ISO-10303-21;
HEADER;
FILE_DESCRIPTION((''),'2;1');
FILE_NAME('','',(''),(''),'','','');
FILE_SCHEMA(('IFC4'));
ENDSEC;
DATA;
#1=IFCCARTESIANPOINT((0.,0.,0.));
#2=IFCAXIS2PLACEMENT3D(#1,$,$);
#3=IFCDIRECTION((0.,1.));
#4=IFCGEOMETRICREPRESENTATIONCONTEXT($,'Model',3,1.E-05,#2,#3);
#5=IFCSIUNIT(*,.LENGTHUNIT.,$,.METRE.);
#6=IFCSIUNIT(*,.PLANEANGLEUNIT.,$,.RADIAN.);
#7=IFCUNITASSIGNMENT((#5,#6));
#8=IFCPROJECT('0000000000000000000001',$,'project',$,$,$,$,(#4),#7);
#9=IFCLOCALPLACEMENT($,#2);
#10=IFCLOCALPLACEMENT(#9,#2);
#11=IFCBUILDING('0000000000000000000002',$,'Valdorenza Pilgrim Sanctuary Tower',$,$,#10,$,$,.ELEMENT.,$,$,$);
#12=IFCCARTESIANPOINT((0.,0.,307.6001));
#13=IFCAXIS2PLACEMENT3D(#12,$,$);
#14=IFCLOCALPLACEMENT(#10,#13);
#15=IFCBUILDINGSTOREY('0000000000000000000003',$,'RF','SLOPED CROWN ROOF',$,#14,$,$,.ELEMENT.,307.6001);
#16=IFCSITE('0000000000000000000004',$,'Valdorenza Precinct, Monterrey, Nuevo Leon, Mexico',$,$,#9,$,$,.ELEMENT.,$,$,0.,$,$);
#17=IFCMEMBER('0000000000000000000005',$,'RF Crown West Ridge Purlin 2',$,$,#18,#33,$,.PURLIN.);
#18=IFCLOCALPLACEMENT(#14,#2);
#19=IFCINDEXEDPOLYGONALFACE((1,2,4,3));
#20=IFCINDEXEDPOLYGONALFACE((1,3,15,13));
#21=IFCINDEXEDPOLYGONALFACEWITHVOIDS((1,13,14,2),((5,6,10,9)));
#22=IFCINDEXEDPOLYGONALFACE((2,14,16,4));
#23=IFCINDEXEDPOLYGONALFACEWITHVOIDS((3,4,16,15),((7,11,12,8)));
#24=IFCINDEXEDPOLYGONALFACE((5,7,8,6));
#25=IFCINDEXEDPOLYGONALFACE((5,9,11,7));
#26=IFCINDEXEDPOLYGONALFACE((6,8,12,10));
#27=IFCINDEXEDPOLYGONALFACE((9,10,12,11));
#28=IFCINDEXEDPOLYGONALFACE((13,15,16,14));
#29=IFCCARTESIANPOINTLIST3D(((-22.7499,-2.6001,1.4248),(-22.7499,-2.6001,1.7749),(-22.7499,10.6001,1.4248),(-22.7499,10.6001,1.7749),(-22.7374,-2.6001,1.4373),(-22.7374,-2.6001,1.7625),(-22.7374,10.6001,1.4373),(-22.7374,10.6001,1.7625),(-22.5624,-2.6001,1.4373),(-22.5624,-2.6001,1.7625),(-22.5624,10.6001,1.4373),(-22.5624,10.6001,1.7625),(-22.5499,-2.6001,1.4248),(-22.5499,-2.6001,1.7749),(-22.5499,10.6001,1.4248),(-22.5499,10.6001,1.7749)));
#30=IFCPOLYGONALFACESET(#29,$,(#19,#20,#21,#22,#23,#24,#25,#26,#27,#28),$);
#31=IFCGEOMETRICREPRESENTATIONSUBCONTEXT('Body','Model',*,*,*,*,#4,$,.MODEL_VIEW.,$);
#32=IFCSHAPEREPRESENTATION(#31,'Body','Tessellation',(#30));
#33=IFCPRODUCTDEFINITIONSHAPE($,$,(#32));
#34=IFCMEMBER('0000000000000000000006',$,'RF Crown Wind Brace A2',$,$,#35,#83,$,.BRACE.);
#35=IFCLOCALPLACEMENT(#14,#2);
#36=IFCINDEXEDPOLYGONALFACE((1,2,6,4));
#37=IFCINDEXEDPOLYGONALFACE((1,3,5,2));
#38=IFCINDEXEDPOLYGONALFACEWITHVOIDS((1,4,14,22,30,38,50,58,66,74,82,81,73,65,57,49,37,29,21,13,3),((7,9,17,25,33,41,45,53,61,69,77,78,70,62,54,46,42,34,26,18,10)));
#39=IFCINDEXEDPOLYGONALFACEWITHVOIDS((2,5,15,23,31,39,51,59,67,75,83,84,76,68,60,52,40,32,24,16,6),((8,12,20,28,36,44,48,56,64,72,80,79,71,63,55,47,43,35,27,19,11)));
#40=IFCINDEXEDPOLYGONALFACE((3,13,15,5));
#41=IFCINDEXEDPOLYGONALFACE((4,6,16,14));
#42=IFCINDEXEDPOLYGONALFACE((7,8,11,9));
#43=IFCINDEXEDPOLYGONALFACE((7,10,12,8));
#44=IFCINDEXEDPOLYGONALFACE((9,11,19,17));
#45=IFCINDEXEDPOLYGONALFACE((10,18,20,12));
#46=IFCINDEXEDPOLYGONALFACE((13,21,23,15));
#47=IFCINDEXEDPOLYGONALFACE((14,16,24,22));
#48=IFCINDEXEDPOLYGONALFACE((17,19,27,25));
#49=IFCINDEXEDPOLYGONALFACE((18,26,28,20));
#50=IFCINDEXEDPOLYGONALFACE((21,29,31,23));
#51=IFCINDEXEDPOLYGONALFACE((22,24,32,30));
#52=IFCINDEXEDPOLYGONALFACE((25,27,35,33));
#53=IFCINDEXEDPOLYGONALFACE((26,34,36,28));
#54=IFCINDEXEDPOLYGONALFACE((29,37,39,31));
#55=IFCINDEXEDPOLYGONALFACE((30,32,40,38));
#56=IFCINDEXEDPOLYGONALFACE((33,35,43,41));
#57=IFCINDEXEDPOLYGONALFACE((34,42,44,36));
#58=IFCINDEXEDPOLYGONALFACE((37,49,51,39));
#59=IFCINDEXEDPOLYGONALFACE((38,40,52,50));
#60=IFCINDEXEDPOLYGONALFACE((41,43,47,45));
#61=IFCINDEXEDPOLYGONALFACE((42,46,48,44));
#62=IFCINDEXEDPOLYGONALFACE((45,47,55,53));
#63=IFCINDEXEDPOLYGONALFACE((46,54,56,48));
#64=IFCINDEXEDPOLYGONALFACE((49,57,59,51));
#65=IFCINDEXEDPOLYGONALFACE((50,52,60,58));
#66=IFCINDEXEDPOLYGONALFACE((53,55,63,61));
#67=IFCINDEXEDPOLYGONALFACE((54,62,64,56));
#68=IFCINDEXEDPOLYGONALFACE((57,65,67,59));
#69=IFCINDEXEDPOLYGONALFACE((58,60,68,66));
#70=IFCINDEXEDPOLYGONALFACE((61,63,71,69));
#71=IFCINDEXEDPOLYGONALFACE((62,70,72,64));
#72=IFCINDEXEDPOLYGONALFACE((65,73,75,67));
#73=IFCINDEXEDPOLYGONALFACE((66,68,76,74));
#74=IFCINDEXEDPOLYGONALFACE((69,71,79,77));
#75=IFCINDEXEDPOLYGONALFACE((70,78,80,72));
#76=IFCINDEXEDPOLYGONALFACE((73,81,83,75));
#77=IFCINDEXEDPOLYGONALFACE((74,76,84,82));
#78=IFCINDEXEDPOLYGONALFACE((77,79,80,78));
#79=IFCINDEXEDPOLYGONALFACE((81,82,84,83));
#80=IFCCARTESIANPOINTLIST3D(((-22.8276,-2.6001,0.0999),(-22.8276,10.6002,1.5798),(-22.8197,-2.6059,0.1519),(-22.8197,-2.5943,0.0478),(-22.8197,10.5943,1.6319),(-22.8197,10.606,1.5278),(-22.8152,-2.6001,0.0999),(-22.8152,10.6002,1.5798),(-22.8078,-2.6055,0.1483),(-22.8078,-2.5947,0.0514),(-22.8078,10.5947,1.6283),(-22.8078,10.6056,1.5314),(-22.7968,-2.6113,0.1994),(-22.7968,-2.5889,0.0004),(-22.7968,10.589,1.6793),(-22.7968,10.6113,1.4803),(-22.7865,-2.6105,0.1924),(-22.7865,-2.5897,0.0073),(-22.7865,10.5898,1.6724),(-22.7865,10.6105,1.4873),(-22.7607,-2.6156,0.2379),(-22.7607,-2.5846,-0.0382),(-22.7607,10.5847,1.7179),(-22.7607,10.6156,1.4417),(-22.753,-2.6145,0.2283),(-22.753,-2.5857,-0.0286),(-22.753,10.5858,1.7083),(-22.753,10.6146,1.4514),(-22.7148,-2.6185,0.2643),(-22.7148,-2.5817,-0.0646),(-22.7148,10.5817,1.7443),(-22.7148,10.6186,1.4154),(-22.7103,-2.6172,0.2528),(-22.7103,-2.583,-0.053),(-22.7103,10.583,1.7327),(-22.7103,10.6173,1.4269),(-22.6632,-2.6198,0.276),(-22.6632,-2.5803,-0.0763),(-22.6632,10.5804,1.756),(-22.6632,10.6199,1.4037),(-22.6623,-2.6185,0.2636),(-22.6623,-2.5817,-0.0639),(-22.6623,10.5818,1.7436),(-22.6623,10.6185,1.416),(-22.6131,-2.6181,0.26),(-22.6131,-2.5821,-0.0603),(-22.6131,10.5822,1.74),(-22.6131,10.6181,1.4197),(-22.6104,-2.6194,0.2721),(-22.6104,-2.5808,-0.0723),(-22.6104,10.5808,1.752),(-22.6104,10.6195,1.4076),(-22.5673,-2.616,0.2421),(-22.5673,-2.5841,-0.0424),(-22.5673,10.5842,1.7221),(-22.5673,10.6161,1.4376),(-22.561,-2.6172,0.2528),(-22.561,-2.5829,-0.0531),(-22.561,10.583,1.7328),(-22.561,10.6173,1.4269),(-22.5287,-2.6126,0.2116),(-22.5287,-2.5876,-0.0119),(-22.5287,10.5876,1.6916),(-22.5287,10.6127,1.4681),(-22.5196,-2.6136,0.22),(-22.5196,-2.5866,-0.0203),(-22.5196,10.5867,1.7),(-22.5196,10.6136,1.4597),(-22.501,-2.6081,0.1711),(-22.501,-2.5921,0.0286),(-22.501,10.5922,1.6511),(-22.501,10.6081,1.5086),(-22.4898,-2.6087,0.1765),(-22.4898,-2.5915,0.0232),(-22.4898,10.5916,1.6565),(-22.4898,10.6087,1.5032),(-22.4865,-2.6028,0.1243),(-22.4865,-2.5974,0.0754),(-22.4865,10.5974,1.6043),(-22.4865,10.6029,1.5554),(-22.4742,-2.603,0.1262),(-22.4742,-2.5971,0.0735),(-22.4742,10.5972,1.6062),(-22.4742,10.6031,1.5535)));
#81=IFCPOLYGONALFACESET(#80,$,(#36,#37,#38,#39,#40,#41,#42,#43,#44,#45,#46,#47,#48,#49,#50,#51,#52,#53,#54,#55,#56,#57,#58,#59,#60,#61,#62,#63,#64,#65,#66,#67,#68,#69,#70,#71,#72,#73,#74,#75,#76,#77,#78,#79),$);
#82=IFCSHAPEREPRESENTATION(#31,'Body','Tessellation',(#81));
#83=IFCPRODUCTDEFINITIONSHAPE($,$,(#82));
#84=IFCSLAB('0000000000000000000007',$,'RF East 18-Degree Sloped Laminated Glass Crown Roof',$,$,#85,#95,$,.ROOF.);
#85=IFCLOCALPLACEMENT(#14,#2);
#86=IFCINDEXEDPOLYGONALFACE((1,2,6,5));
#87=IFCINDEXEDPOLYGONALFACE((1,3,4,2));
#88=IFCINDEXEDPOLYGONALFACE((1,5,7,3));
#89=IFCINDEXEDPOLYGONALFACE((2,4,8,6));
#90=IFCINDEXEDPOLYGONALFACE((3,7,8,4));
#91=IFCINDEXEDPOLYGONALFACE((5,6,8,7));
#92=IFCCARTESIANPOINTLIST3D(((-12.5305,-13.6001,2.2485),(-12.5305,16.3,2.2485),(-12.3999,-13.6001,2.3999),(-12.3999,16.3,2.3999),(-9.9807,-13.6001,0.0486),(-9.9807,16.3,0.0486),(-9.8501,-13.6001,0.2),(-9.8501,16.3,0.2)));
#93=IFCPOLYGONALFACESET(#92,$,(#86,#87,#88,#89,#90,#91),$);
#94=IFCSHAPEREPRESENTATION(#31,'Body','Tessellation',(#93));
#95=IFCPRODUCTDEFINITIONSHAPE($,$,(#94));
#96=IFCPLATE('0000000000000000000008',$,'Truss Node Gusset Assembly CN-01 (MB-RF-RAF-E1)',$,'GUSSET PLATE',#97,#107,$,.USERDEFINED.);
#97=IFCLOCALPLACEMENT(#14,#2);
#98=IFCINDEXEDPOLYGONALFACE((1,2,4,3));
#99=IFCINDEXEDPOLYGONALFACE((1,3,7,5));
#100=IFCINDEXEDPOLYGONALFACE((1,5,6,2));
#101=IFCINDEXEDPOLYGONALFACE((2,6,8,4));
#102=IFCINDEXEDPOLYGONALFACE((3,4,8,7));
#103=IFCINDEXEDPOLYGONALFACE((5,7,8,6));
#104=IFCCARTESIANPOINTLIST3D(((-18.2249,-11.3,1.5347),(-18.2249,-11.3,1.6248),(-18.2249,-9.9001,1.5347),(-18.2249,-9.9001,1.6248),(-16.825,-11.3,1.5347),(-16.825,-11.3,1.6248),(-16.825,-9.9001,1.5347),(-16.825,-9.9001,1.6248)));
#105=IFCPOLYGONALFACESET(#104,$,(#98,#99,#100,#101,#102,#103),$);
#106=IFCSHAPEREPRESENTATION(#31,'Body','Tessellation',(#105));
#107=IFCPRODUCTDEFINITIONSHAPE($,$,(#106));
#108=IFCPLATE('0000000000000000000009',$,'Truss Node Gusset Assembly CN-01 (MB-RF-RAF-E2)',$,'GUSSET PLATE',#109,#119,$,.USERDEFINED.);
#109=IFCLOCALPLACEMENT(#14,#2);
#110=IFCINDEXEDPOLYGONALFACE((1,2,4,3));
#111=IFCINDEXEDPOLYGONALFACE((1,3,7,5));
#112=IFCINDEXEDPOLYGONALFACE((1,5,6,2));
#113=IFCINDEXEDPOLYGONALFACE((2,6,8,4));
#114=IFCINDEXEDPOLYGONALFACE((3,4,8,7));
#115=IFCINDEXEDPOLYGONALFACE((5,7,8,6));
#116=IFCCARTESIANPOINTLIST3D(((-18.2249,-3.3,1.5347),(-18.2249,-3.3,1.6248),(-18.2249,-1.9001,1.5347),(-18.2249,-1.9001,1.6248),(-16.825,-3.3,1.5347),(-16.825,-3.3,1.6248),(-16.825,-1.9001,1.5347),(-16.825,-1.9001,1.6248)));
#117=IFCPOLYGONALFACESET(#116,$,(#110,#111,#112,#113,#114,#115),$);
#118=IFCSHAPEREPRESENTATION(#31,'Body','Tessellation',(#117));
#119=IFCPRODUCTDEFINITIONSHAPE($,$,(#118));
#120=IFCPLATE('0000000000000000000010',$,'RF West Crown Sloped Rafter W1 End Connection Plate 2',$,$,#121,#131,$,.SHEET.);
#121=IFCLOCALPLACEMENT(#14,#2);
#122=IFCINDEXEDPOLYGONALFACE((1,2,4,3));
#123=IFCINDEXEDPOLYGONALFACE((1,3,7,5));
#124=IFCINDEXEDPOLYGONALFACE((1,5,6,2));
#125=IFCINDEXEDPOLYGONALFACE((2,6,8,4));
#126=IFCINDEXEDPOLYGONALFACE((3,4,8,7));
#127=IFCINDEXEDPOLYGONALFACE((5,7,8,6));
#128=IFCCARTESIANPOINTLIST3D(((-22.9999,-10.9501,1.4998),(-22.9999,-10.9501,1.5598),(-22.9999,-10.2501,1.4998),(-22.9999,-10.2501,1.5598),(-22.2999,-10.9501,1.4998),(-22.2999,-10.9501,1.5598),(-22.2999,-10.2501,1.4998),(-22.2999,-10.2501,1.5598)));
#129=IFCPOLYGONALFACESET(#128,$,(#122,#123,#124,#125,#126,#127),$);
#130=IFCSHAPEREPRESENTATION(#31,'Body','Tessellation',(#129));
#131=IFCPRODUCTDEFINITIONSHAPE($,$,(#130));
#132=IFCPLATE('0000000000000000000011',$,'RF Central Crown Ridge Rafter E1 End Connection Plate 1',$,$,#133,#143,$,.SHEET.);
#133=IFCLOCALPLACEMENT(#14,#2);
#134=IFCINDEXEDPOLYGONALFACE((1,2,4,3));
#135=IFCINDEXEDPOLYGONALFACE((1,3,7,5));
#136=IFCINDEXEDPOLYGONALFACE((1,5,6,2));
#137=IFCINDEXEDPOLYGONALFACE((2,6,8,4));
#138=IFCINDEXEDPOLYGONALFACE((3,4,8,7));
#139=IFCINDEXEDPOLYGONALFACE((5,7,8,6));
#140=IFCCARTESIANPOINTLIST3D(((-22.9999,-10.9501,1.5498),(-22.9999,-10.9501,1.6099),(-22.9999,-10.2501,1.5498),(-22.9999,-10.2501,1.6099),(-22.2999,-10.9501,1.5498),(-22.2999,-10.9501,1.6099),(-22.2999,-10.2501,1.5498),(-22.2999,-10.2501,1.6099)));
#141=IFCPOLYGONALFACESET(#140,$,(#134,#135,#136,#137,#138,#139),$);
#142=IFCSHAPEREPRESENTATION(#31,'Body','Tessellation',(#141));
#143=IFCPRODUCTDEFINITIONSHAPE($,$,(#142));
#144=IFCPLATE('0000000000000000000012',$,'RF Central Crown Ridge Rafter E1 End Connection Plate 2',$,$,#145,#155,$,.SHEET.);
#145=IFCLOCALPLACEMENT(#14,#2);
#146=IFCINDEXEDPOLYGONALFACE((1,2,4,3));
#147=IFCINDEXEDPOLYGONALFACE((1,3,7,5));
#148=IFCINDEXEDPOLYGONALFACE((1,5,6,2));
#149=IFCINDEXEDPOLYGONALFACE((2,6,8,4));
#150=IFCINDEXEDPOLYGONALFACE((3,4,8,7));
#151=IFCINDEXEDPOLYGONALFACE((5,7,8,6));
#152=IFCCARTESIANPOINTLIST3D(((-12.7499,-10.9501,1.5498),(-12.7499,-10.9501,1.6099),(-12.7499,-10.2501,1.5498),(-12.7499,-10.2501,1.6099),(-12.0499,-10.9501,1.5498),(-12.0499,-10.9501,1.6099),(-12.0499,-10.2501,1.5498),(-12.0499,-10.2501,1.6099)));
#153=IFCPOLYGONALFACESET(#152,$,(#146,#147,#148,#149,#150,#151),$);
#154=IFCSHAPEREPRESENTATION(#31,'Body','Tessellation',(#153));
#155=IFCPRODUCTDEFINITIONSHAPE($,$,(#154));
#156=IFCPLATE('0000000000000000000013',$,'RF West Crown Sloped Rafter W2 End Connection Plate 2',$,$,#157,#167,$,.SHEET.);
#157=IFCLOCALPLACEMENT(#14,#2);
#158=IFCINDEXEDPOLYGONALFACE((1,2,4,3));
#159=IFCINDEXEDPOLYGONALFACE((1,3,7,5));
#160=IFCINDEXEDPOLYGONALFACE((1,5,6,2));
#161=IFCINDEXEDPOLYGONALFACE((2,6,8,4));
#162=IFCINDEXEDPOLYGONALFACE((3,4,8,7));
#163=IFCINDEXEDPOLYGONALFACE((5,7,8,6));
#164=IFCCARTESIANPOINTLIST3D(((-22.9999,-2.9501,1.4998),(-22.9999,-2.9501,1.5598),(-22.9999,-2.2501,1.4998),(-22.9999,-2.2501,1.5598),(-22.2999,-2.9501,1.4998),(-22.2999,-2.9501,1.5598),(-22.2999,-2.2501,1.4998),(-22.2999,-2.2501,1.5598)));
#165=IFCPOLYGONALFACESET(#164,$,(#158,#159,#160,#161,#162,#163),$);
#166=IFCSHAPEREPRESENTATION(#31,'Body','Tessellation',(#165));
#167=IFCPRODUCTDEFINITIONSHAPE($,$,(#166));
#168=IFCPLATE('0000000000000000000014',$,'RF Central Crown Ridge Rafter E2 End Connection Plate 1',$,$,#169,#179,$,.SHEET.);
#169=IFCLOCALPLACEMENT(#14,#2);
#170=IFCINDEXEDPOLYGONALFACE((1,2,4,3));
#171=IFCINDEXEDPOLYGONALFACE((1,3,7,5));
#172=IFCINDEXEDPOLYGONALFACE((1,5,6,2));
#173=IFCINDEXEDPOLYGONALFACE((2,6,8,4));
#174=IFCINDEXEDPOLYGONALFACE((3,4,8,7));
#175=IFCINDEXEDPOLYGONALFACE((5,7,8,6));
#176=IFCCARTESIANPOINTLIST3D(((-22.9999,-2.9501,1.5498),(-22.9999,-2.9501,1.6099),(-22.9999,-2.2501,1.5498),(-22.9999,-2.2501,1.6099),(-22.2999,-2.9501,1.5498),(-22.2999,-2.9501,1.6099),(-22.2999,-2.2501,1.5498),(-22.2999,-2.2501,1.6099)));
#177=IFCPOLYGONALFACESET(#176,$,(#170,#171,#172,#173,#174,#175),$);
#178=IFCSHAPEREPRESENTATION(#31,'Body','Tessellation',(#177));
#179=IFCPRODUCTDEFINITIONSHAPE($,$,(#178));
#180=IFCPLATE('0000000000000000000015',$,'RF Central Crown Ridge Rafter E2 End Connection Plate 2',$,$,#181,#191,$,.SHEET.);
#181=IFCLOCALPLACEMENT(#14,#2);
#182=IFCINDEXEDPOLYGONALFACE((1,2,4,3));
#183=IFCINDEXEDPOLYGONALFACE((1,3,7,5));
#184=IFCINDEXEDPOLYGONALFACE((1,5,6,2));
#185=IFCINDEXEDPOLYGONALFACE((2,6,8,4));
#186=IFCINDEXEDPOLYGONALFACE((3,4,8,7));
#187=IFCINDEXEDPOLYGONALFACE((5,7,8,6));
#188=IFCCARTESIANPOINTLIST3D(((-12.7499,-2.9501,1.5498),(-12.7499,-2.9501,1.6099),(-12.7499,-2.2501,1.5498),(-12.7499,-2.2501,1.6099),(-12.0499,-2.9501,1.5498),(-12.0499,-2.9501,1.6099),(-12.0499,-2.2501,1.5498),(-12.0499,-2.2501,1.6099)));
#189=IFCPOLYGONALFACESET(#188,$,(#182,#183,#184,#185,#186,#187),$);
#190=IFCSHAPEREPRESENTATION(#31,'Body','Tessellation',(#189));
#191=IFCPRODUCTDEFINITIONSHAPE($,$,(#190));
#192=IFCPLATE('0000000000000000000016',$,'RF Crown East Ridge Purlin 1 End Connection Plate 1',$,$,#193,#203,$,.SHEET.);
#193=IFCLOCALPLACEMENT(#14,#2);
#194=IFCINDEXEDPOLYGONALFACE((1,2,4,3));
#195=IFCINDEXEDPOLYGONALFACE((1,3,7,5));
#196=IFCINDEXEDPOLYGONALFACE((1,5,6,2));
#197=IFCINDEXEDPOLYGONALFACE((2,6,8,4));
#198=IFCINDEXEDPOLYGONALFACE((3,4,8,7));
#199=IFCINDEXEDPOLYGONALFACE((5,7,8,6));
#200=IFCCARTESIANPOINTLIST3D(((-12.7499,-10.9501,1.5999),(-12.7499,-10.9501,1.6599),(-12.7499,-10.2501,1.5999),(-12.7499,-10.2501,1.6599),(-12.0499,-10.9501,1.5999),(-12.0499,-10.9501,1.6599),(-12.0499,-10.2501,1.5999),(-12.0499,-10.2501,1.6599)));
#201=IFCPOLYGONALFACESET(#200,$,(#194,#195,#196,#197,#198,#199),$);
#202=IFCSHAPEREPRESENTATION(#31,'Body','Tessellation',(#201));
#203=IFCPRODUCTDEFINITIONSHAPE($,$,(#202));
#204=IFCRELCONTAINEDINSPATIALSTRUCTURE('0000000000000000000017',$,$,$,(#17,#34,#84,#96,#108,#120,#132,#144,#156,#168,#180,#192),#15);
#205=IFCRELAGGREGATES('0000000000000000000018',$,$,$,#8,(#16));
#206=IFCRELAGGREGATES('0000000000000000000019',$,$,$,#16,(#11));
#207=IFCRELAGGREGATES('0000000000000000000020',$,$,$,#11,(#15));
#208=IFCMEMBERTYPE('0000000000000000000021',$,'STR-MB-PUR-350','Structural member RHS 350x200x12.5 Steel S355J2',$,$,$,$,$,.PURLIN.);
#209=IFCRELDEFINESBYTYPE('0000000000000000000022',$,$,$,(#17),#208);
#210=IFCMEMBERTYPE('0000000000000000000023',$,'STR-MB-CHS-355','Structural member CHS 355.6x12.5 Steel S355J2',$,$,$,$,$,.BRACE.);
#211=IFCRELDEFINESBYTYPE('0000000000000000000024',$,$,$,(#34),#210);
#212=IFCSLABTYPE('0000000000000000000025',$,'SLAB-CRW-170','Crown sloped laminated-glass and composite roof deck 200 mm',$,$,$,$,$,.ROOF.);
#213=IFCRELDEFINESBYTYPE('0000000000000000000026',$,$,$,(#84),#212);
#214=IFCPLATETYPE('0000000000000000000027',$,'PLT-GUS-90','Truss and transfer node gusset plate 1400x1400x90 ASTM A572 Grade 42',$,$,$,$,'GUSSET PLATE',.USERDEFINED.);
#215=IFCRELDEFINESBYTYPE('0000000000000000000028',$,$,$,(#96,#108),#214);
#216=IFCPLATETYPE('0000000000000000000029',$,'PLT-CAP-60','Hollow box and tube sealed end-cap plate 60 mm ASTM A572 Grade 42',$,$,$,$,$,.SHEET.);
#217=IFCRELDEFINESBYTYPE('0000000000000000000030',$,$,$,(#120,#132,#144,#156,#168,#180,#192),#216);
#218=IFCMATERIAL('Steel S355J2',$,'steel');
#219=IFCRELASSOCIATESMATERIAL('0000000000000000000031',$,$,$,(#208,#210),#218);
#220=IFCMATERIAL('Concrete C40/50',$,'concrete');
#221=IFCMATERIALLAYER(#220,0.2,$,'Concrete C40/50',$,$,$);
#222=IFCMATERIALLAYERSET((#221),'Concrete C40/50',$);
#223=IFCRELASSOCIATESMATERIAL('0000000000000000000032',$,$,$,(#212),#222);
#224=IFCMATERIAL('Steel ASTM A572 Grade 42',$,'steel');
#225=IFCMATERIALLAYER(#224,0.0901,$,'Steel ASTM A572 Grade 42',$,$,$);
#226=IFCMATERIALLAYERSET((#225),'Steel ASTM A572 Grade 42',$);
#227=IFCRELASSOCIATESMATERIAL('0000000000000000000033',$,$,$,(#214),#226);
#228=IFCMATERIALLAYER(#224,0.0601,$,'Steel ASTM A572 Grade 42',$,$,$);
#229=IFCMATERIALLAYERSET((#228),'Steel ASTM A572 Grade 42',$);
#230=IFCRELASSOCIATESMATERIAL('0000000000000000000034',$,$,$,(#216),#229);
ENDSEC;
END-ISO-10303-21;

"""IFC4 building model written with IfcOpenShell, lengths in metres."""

from ifc_helpers import new_model, si_unit, direction, frame, origin, origin_2d, place, context, subcontext, project, spatial, polyline, rectangle, hollow_rectangle, hollow_circle, outline, extrude, source, transform, mapped, material, layer, layer_set, material_profile, profile_set, type_object, element, save


model = new_model("IFC4")

# Units and contexts
model_context = context("Model", 3, precision=1e-05, world=origin(), true_north=direction((0.0, 1.0)))
body_context = subcontext(model_context, "Body", "Model", "MODEL_VIEW")
ifc_project = project(units=[si_unit("LENGTHUNIT", "METRE"), si_unit("PLANEANGLEUNIT", "RADIAN")], contexts=[model_context])

# Site, building, storey
site_placement = place(None, origin())
site = spatial("IfcSite", under=ifc_project, at=site_placement, Name="Valdorenza Precinct, Monterrey, Nuevo Leon, Mexico", CompositionType="ELEMENT", RefElevation=0.0)
building_placement = place(site_placement, origin())
building = spatial("IfcBuilding", under=site, at=building_placement, Name="Valdorenza Pilgrim Sanctuary Tower", CompositionType="ELEMENT")
storey_placement = place(building_placement, frame((0.0, 0.0, 307.6001)))
storey = spatial("IfcBuildingStorey", under=building, at=storey_placement, Name="RF", Description="SLOPED CROWN ROOF", CompositionType="ELEMENT", Elevation=307.6001)

# Members
ifc_material_1 = material(Name="Steel S355J2", Category="steel")
ifc_material_profile_1 = material_profile(ifc_material_1, hollow_rectangle(XDim=0.2, YDim=0.3501, WallThickness=0.0125, at=origin_2d()), Name="RHS 350x200x12.5")
ifc_profile_set_1 = profile_set([ifc_material_profile_1], Name="Steel S355J2")
member_type_1 = type_object("IfcMemberType", Name="STR-MB-PUR-350", Description="Structural member RHS 350x200x12.5 Steel S355J2", PredefinedType="PURLIN", material=ifc_profile_set_1)
ifc_material_profile_2 = material_profile(ifc_material_1, hollow_circle(Radius=0.1777, WallThickness=0.0125, at=origin_2d()), Name="CHS 355.6x12.5")
ifc_profile_set_2 = profile_set([ifc_material_profile_2], Name="Steel S355J2")
member_type_2 = type_object("IfcMemberType", Name="STR-MB-CHS-355", Description="Structural member CHS 355.6x12.5 Steel S355J2", PredefinedType="BRACE", material=ifc_profile_set_2)
shared_shape_1 = source(origin(), body_context, "Body", "SweptSolid", [
    extrude(hollow_rectangle(XDim=0.2, YDim=0.3501, WallThickness=0.0125, at=origin_2d()), origin(), (0.0, 0.0, 1.0), 13.2002),
])
member_1_placement = place(storey_placement, frame((-22.6499, -2.6001, 1.5999), z_axis=(0.0, 1.0, 0.0), x_axis=(-1.0, 0.0, 0.0)))
element("IfcMember", 1, at=member_1_placement, inside=storey, type_object=member_type_1, Name="RF Crown West Ridge Purlin 2", PredefinedType="PURLIN", context=body_context, shape_type="MappedRepresentation", body=[
    mapped(shared_shape_1, transform((0.0, 0.0, 0.0), x_axis=(1.0, 0.0, 0.0), y_axis=(0.0, 1.0, 0.0), z_axis=(0.0, 0.0, 1.0), scale=1.0)),
])
shared_shape_2 = source(origin(), body_context, "Body", "SweptSolid", [
    extrude(hollow_circle(Radius=0.1777, WallThickness=0.0125, at=origin_2d()), origin(), (0.0, 0.0, 1.0), 13.283),
])
member_2_placement = place(storey_placement, frame((-22.6499, -2.6001, 0.0999), z_axis=(0.0, 0.993773, 0.11142), x_axis=(-1.0, 0.0, 0.0)))
element("IfcMember", 2, at=member_2_placement, inside=storey, type_object=member_type_2, Name="RF Crown Wind Brace A2", PredefinedType="BRACE", context=body_context, shape_type="MappedRepresentation", body=[
    mapped(shared_shape_2, transform((0.0, 0.0, 0.0), x_axis=(1.0, 0.0, 0.0), y_axis=(0.0, 1.0, 0.0), z_axis=(0.0, 0.0, 1.0), scale=1.0)),
])

# Slab
ifc_material_2 = material(Name="Concrete C40/50", Category="concrete")
ifc_layer_1 = layer(ifc_material_2, 0.2, Name="Concrete C40/50")
ifc_layer_set_1 = layer_set([ifc_layer_1], Name="Concrete C40/50")
slab_type = type_object("IfcSlabType", Name="SLAB-CRW-170", Description="Crown sloped laminated-glass and composite roof deck 200 mm", PredefinedType="ROOF", material=ifc_layer_set_1)
slab_placement = place(storey_placement, frame((-12.3999, -13.6001, 2.3999), z_axis=(0.653254, 0.0, 0.757139), x_axis=(0.757139, 0.0, -0.653254)))
element("IfcSlab", 3, at=slab_placement, inside=storey, type_object=slab_type, Name="RF East 18-Degree Sloped Laminated Glass Crown Roof", PredefinedType="ROOF", context=body_context, shape_type="SweptSolid", body=[
    extrude(outline(polyline([(0.0, 0.0), (3.3677, 0.0), (3.3677, 29.9001), (0.0, 29.9001), (0.0, 0.0)])), origin(), (0.0, 0.0, -1.0), 0.2),
])

# Plates
ifc_material_3 = material(Name="Steel ASTM A572 Grade 42", Category="steel")
ifc_layer_2 = layer(ifc_material_3, 0.0901, Name="Steel ASTM A572 Grade 42")
ifc_layer_set_2 = layer_set([ifc_layer_2], Name="Steel ASTM A572 Grade 42")
plate_type_1 = type_object("IfcPlateType", Name="PLT-GUS-90", Description="Truss and transfer node gusset plate 1400x1400x90 ASTM A572 Grade 42", ElementType="GUSSET PLATE", PredefinedType="USERDEFINED", material=ifc_layer_set_2)
shared_shape_3 = source(origin(), body_context, "Body", "SweptSolid", [
    extrude(rectangle(XDim=1.3999, YDim=1.3999, at=origin_2d()), origin(), (0.0, 0.0, 1.0), 0.0901),
])
for number, where, z_axis, x_axis, name in (
    (4, (-17.5249, -10.6001, 1.5347), (0.0, 0.0, 1.0), (1.0, 0.0, 0.0), "Truss Node Gusset Assembly CN-01 (MB-RF-RAF-E1)"),
    (5, (-17.5249, -2.6001, 1.5347), (0.0, 0.0, 1.0), (1.0, 0.0, 0.0), "Truss Node Gusset Assembly CN-01 (MB-RF-RAF-E2)"),
):
    element("IfcPlate", number, at=place(storey_placement, frame(where, z_axis=z_axis, x_axis=x_axis)), inside=storey, type_object=plate_type_1, Name=name, ObjectType="GUSSET PLATE", PredefinedType="USERDEFINED", context=body_context, shape_type="MappedRepresentation", body=[
        mapped(shared_shape_3, transform((0.0, 0.0, 0.0), x_axis=(1.0, 0.0, 0.0), y_axis=(0.0, 1.0, 0.0), z_axis=(0.0, 0.0, 1.0), scale=1.0)),
    ])
ifc_layer_3 = layer(ifc_material_3, 0.0601, Name="Steel ASTM A572 Grade 42")
ifc_layer_set_3 = layer_set([ifc_layer_3], Name="Steel ASTM A572 Grade 42")
plate_type_2 = type_object("IfcPlateType", Name="PLT-CAP-60", Description="Hollow box and tube sealed end-cap plate 60 mm ASTM A572 Grade 42", PredefinedType="SHEET", material=ifc_layer_set_3)
shared_shape_4 = source(origin(), body_context, "Body", "SweptSolid", [
    extrude(rectangle(XDim=0.7, YDim=0.7, at=origin_2d()), origin(), (0.0, 0.0, 1.0), 0.0601),
])
for number, where, z_axis, x_axis, name in (
    (6, (-22.6499, -10.6001, 1.4998), (0.0, 0.0, 1.0), (1.0, 0.0, 0.0), "RF West Crown Sloped Rafter W1 End Connection Plate 2"),
    (7, (-22.6499, -10.6001, 1.5498), (0.0, 0.0, 1.0), (1.0, 0.0, 0.0), "RF Central Crown Ridge Rafter E1 End Connection Plate 1"),
    (8, (-12.3999, -10.6001, 1.5498), (0.0, 0.0, 1.0), (1.0, 0.0, 0.0), "RF Central Crown Ridge Rafter E1 End Connection Plate 2"),
    (9, (-22.6499, -2.6001, 1.4998), (0.0, 0.0, 1.0), (1.0, 0.0, 0.0), "RF West Crown Sloped Rafter W2 End Connection Plate 2"),
    (10, (-22.6499, -2.6001, 1.5498), (0.0, 0.0, 1.0), (1.0, 0.0, 0.0), "RF Central Crown Ridge Rafter E2 End Connection Plate 1"),
    (11, (-12.3999, -2.6001, 1.5498), (0.0, 0.0, 1.0), (1.0, 0.0, 0.0), "RF Central Crown Ridge Rafter E2 End Connection Plate 2"),
    (12, (-12.3999, -10.6001, 1.5999), (0.0, 0.0, 1.0), (1.0, 0.0, 0.0), "RF Crown East Ridge Purlin 1 End Connection Plate 1"),
):
    element("IfcPlate", number, at=place(storey_placement, frame(where, z_axis=z_axis, x_axis=x_axis)), inside=storey, type_object=plate_type_2, Name=name, PredefinedType="SHEET", context=body_context, shape_type="MappedRepresentation", body=[
        mapped(shared_shape_4, transform((0.0, 0.0, 0.0), x_axis=(1.0, 0.0, 0.0), y_axis=(0.0, 1.0, 0.0), z_axis=(0.0, 0.0, 1.0), scale=1.0)),
    ])

save(model, "model.ifc")
